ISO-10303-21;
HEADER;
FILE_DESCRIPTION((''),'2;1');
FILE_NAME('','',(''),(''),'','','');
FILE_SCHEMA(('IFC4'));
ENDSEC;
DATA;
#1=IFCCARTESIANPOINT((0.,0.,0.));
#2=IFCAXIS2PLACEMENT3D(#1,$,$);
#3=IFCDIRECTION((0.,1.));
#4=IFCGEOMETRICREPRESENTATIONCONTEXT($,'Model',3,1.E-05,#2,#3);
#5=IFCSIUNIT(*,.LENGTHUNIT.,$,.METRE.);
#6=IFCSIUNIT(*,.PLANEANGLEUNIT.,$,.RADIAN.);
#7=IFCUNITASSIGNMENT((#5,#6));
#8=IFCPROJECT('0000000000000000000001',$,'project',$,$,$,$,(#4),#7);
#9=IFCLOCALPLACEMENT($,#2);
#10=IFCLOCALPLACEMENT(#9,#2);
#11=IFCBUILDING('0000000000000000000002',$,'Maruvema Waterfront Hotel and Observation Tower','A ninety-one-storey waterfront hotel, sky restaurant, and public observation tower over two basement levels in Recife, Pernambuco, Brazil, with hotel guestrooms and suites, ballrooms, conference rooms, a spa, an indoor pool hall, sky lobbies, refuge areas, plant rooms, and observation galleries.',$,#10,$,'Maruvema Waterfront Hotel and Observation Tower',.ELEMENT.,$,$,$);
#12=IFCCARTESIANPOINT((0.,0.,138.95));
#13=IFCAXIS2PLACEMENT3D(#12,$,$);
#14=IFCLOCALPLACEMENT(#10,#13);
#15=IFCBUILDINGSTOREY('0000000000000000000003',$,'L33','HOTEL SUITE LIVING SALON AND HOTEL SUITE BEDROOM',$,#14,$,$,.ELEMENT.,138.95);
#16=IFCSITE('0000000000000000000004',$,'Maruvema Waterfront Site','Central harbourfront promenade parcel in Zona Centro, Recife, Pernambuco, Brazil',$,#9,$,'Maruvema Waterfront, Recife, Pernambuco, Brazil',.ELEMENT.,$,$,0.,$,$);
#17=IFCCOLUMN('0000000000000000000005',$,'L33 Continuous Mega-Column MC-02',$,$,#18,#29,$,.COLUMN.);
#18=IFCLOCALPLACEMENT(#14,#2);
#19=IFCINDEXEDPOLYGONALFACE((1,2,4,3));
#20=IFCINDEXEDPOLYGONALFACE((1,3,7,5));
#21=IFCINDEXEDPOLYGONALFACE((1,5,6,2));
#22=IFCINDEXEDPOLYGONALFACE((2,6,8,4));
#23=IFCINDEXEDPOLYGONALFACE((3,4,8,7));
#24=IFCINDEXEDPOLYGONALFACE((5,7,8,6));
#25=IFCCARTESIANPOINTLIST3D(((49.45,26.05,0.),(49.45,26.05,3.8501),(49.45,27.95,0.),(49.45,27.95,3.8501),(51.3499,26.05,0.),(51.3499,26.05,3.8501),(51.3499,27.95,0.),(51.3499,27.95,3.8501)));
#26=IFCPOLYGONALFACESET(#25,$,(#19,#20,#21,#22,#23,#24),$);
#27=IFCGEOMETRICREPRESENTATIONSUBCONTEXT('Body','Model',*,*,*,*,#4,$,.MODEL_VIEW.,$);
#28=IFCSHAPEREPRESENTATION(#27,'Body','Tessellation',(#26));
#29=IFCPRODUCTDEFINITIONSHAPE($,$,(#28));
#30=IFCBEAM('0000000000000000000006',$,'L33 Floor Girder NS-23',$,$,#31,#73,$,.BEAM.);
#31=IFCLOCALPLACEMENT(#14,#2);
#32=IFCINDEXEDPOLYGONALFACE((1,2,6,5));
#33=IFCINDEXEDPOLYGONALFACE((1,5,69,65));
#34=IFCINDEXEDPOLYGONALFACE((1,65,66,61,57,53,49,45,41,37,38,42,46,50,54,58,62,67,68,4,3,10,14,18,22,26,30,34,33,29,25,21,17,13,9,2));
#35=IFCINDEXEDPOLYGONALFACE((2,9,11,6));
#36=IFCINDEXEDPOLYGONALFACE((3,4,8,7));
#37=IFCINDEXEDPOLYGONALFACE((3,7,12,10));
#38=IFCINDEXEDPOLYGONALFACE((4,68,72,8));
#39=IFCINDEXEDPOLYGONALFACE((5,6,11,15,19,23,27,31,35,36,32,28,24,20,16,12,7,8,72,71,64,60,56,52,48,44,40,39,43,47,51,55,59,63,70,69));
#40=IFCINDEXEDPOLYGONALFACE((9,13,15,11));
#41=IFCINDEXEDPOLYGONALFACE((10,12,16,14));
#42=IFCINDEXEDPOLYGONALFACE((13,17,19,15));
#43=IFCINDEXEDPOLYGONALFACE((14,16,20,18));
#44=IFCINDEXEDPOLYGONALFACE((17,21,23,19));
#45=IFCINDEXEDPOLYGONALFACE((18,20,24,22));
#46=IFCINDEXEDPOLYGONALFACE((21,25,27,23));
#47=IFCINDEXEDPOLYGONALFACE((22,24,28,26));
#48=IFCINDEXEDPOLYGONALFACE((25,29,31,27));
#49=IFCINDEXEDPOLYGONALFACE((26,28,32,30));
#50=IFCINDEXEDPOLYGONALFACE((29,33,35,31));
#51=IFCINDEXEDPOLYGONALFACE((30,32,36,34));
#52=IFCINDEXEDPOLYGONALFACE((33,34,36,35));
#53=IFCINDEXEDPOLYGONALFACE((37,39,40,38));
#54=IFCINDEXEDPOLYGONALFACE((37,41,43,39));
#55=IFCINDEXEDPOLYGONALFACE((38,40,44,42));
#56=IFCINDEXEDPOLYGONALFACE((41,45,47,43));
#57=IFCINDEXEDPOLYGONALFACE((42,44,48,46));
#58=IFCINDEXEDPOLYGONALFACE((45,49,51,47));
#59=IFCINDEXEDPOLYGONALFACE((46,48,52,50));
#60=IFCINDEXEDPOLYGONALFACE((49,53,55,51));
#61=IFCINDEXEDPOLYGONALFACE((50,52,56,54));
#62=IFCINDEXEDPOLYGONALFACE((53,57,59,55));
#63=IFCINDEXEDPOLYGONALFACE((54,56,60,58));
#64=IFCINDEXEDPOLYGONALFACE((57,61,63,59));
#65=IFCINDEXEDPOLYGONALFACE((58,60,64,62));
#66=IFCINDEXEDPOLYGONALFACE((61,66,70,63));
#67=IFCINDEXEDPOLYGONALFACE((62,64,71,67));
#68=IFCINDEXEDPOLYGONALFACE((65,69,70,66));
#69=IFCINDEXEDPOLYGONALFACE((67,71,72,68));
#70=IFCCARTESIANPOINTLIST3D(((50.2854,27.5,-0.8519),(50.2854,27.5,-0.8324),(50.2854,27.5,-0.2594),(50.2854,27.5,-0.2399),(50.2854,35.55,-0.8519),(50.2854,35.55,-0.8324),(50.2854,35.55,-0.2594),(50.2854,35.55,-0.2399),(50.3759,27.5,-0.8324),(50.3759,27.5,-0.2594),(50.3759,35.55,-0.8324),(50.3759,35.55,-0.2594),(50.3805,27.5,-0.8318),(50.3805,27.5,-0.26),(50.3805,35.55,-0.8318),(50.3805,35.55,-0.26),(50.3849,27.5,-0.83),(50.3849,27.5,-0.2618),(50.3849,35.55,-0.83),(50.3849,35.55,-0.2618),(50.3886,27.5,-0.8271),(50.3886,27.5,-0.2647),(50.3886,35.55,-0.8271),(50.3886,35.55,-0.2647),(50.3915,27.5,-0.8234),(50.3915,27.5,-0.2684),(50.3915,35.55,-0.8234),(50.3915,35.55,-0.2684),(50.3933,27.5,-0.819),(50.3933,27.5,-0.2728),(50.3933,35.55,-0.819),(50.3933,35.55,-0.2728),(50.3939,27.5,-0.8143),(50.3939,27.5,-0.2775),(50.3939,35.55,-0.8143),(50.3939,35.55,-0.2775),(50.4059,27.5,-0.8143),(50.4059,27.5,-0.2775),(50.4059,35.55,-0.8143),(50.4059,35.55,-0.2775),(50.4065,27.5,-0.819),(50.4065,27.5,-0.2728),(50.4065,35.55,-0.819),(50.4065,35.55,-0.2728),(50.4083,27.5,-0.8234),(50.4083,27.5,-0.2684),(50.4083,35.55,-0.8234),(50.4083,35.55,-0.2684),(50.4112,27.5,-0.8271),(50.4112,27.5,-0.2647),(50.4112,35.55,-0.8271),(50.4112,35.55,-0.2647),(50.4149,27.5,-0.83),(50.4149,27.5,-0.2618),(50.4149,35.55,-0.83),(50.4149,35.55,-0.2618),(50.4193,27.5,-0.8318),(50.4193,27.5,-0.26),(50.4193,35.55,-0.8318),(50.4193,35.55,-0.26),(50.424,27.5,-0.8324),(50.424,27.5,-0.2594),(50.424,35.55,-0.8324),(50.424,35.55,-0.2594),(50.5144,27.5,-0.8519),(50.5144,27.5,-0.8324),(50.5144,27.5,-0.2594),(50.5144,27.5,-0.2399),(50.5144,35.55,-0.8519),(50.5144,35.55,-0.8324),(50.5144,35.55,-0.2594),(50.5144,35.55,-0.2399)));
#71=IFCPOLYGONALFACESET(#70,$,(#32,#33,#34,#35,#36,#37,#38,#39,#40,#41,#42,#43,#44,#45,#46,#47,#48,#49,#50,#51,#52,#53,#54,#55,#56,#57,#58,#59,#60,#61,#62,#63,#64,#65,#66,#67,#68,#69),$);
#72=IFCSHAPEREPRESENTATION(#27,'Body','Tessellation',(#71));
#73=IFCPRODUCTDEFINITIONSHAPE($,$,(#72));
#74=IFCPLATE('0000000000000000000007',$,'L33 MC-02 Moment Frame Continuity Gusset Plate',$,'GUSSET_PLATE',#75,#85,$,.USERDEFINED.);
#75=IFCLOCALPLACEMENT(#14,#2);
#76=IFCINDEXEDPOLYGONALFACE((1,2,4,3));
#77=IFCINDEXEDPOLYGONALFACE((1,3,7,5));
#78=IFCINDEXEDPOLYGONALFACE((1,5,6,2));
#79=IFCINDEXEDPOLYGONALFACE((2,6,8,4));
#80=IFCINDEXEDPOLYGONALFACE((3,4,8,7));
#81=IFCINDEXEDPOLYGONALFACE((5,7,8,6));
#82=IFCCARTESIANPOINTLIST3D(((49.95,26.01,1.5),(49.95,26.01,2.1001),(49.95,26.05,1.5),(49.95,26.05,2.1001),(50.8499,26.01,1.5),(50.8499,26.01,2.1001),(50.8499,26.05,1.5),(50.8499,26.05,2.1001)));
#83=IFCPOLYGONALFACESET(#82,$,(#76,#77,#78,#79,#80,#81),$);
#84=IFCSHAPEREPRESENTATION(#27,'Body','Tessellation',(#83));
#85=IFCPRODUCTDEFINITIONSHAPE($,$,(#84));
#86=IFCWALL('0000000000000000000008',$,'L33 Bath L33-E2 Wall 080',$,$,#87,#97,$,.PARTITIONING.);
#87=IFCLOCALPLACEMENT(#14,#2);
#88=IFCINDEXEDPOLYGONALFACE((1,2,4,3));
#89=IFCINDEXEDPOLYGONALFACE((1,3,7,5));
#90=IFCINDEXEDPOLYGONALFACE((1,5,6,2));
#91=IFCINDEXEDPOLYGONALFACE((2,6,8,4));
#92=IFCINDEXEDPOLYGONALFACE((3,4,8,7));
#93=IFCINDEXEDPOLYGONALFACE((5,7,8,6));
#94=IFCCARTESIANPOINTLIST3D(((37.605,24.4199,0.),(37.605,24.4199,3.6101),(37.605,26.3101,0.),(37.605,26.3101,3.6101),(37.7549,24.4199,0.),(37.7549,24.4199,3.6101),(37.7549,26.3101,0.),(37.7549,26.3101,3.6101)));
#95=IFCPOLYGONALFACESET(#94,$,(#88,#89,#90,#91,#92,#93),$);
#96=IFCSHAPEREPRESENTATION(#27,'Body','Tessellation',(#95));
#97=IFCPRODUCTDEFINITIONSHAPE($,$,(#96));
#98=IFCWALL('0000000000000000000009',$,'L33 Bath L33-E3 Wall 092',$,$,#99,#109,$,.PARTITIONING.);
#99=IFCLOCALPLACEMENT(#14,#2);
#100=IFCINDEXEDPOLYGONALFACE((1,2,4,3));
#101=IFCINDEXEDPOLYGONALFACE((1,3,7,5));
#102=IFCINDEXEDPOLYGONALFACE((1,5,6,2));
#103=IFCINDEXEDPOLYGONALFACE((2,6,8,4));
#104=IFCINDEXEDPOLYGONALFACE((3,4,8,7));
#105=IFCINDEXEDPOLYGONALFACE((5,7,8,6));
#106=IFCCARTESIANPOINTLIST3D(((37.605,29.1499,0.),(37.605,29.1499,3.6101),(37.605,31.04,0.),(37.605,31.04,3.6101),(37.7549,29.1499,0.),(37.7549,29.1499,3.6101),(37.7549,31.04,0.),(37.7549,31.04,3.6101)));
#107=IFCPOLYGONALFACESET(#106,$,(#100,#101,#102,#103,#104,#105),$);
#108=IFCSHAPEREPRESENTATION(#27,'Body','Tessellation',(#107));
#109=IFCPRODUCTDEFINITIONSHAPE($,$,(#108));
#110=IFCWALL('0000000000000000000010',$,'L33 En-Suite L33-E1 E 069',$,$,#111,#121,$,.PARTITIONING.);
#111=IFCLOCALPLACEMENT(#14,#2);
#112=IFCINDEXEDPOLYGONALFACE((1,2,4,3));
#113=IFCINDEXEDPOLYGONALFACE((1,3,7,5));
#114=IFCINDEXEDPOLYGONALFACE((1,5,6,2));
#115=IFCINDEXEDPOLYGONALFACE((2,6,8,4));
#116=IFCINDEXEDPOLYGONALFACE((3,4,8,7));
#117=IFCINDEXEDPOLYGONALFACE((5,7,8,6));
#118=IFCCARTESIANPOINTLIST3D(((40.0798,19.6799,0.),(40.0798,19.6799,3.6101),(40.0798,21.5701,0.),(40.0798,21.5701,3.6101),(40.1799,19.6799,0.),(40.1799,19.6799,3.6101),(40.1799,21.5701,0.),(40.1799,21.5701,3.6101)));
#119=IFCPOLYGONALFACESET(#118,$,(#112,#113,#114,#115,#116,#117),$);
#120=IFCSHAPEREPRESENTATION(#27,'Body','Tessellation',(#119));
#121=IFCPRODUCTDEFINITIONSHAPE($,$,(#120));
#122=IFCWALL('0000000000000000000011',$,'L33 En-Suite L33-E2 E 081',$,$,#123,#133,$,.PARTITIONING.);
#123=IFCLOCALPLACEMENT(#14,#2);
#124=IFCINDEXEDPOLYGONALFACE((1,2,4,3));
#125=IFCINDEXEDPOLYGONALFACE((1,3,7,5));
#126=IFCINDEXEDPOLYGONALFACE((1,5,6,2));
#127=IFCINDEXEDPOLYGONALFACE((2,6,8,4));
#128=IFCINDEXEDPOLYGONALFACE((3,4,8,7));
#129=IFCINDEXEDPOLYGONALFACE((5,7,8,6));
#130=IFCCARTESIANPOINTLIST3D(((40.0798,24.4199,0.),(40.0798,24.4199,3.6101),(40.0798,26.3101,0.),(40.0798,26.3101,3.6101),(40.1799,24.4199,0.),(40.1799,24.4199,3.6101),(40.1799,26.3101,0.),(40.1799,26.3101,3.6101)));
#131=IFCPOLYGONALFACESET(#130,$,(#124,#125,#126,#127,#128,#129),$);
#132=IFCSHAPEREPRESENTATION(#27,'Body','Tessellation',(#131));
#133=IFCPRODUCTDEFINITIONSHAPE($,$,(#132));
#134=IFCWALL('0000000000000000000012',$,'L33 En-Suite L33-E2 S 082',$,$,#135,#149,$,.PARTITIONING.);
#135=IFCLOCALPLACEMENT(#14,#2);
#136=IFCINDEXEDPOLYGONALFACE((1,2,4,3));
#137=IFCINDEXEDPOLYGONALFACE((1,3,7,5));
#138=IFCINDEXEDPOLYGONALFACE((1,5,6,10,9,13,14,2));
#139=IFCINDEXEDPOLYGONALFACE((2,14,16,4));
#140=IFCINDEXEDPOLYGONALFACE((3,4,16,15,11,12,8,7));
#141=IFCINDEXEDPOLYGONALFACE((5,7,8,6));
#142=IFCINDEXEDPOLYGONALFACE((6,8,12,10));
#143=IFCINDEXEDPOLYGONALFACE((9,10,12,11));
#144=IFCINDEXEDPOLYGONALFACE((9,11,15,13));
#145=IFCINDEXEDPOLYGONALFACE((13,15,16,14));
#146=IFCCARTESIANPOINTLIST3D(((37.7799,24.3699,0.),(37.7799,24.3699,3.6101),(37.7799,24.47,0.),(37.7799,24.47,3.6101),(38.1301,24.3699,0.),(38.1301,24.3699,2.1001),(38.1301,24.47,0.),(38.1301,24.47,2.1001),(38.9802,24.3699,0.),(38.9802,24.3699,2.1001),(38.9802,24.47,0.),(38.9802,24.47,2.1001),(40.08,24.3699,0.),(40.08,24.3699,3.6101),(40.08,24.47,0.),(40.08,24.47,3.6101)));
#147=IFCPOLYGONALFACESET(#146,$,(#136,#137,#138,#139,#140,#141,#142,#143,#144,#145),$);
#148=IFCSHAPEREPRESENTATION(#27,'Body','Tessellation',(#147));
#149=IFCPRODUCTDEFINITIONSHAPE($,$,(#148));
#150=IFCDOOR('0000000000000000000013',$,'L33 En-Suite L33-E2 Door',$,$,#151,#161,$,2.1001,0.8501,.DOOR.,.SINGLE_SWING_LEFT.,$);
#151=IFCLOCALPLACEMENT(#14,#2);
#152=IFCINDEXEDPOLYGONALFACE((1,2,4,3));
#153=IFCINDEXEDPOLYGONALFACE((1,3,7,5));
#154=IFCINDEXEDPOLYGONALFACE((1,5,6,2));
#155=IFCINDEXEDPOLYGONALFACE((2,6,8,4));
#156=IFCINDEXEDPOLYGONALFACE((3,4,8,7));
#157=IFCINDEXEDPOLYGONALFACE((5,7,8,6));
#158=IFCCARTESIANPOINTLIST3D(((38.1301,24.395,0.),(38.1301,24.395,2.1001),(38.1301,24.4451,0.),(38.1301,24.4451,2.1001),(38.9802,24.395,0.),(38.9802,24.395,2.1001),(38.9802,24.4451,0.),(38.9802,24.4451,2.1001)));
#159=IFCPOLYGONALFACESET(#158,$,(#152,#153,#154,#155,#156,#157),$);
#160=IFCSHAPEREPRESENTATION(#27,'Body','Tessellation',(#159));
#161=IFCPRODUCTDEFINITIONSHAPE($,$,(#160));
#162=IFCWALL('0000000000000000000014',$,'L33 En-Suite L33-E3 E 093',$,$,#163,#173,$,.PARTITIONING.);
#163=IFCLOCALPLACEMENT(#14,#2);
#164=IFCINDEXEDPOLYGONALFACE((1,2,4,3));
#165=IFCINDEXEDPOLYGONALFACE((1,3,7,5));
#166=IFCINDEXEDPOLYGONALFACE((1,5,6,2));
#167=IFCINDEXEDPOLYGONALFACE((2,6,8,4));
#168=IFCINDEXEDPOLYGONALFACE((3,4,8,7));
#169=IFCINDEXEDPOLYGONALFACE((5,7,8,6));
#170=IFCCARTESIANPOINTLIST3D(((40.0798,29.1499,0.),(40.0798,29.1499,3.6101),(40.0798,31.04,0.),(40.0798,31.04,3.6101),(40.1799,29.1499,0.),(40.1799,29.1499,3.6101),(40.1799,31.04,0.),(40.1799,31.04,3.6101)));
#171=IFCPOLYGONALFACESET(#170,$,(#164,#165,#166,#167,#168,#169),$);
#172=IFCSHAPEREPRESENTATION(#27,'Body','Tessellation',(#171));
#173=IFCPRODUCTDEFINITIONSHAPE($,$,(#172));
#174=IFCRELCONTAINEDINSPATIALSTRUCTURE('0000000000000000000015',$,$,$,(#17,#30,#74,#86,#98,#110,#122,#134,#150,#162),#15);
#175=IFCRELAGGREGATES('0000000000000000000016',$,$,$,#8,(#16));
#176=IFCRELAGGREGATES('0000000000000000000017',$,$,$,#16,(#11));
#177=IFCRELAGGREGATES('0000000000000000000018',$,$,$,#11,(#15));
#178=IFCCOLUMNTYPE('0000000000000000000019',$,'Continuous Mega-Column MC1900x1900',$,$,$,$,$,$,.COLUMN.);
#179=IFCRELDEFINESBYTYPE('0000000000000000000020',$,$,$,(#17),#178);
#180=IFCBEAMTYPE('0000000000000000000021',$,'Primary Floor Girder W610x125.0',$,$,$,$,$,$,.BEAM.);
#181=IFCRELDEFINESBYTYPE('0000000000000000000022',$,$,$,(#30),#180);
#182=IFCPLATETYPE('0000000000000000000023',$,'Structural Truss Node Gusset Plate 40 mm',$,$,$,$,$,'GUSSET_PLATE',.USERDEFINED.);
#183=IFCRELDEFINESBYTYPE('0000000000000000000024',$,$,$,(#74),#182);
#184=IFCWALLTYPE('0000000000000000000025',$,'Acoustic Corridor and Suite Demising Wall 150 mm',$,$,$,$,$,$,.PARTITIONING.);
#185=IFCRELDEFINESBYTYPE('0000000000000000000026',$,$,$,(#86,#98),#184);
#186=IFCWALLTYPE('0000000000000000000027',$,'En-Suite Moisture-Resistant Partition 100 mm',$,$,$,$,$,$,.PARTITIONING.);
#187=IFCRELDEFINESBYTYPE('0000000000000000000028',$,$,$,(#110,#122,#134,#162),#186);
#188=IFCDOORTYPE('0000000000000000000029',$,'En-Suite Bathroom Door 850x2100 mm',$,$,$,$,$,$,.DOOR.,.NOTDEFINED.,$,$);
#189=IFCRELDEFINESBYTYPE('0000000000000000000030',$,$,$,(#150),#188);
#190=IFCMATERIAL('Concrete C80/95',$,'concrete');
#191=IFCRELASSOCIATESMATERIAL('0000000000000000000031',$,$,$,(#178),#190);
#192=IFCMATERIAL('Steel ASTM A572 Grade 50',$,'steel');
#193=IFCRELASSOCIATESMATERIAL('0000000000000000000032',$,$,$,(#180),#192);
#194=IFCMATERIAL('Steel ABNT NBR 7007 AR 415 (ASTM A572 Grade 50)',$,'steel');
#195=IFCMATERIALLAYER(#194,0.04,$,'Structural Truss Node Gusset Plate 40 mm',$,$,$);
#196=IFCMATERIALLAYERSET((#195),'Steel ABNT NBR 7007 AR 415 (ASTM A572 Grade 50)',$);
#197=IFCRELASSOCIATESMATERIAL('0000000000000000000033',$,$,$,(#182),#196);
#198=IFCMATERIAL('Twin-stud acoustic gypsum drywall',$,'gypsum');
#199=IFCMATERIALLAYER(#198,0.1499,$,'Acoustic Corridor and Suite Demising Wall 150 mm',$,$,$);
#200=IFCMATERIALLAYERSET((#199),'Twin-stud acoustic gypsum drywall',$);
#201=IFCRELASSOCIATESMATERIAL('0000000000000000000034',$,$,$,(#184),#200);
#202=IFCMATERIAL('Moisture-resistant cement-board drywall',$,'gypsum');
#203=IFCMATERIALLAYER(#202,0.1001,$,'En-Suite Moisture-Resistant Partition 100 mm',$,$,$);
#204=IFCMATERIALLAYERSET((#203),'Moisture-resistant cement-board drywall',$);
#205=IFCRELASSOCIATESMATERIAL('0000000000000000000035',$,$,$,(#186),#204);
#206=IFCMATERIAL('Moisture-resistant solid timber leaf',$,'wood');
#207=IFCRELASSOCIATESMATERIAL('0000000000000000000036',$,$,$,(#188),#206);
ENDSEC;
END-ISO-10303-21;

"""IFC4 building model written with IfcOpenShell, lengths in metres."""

from ifc_helpers import new_model, si_unit, direction, frame, frame_2d, origin, origin_2d, place, context, subcontext, project, spatial, rectangle, i_section, extrude, material, layer, layer_set, material_profile, profile_set, type_object, element, fill, save


model = new_model("IFC4")

# Units and contexts
model_context = context("Model", 3, precision=1e-05, world=origin(), true_north=direction((0.0, 1.0)))
body_context = subcontext(model_context, "Body", "Model", "MODEL_VIEW")
ifc_project = project(units=[si_unit("LENGTHUNIT", "METRE"), si_unit("PLANEANGLEUNIT", "RADIAN")], contexts=[model_context])

# Site, building, storey
site_placement = place(None, origin())
site = spatial("IfcSite", under=ifc_project, at=site_placement, Name="Maruvema Waterfront Site", Description="Central harbourfront promenade parcel in Zona Centro, Recife, Pernambuco, Brazil", LongName="Maruvema Waterfront, Recife, Pernambuco, Brazil", CompositionType="ELEMENT", RefElevation=0.0)
building_placement = place(site_placement, origin())
building = spatial("IfcBuilding", under=site, at=building_placement, Name="Maruvema Waterfront Hotel and Observation Tower", Description="A ninety-one-storey waterfront hotel, sky restaurant, and public observation tower over two basement levels in Recife, Pernambuco, Brazil, with hotel guestrooms and suites, ballrooms, conference rooms, a spa, an indoor pool hall, sky lobbies, refuge areas, plant rooms, and observation galleries.", LongName="Maruvema Waterfront Hotel and Observation Tower", CompositionType="ELEMENT")
storey_placement = place(building_placement, frame((0.0, 0.0, 138.95)))
storey = spatial("IfcBuildingStorey", under=building, at=storey_placement, Name="L33", Description="HOTEL SUITE LIVING SALON AND HOTEL SUITE BEDROOM", CompositionType="ELEMENT", Elevation=138.95)

# Column
ifc_material_1 = material(Name="Concrete C80/95", Category="concrete")
ifc_material_profile_1 = material_profile(ifc_material_1, rectangle(XDim=1.8999, YDim=1.8999, at=origin_2d()), Name="MC1900x1900")
ifc_profile_set_1 = profile_set([ifc_material_profile_1], Name="Concrete C80/95")
column_type = type_object("IfcColumnType", Name="Continuous Mega-Column MC1900x1900", PredefinedType="COLUMN", material=ifc_profile_set_1)
column_placement = place(storey_placement, frame((50.3999, 27.0, 0.0), z_axis=(0.0, 0.0, 1.0), x_axis=(1.0, 0.0, 0.0)))
element("IfcColumn", 1, at=column_placement, inside=storey, type_object=column_type, Name="L33 Continuous Mega-Column MC-02", PredefinedType="COLUMN", context=body_context, shape_type="SweptSolid", body=[
    extrude(rectangle(XDim=1.8999, YDim=1.8999, at=origin_2d()), origin(), (0.0, 0.0, 1.0), 3.8501),
])

# Beam
ifc_material_2 = material(Name="Steel ASTM A572 Grade 50", Category="steel")
ifc_material_profile_2 = material_profile(ifc_material_2, i_section(OverallWidth=0.229, OverallDepth=0.6121, WebThickness=0.012, FlangeThickness=0.0195, FilletRadius=0.0181, at=origin_2d()), Name="W610x125.0")
ifc_profile_set_2 = profile_set([ifc_material_profile_2], Name="Steel ASTM A572 Grade 50")
beam_type = type_object("IfcBeamType", Name="Primary Floor Girder W610x125.0", PredefinedType="BEAM", material=ifc_profile_set_2)
beam_placement = place(storey_placement, frame((50.3999, 27.5, -0.5459), z_axis=(0.0, 1.0, 0.0), x_axis=(-1.0, 0.0, 0.0)))
element("IfcBeam", 2, at=beam_placement, inside=storey, type_object=beam_type, Name="L33 Floor Girder NS-23", PredefinedType="BEAM", context=body_context, shape_type="SweptSolid", body=[
    extrude(i_section(OverallWidth=0.229, OverallDepth=0.6121, WebThickness=0.012, FlangeThickness=0.0195, FilletRadius=0.0181, at=origin_2d()), origin(), (0.0, 0.0, 1.0), 8.05),
])

# Plate
ifc_material_3 = material(Name="Steel ABNT NBR 7007 AR 415 (ASTM A572 Grade 50)", Category="steel")
ifc_layer_1 = layer(ifc_material_3, 0.04, Name="Structural Truss Node Gusset Plate 40 mm")
ifc_layer_set_1 = layer_set([ifc_layer_1], Name="Steel ABNT NBR 7007 AR 415 (ASTM A572 Grade 50)")
plate_type = type_object("IfcPlateType", Name="Structural Truss Node Gusset Plate 40 mm", ElementType="GUSSET_PLATE", PredefinedType="USERDEFINED", material=ifc_layer_set_1)
plate_placement = place(storey_placement, frame((50.3999, 26.03, 1.5), z_axis=(0.0, 0.0, 1.0), x_axis=(1.0, 0.0, 0.0)))
element("IfcPlate", 3, at=plate_placement, inside=storey, type_object=plate_type, Name="L33 MC-02 Moment Frame Continuity Gusset Plate", ObjectType="GUSSET_PLATE", PredefinedType="USERDEFINED", context=body_context, shape_type="SweptSolid", body=[
    extrude(rectangle(XDim=0.8999, YDim=0.04, at=origin_2d()), origin(), (0.0, 0.0, 1.0), 0.6001),
])

# Shared definitions
ifc_material_4 = material(Name="Twin-stud acoustic gypsum drywall", Category="gypsum")
ifc_layer_2 = layer(ifc_material_4, 0.1499, Name="Acoustic Corridor and Suite Demising Wall 150 mm")
ifc_layer_set_2 = layer_set([ifc_layer_2], Name="Twin-stud acoustic gypsum drywall")
wall_type_1 = type_object("IfcWallType", Name="Acoustic Corridor and Suite Demising Wall 150 mm", PredefinedType="PARTITIONING", material=ifc_layer_set_2)

# Wall
wall_1_placement = place(storey_placement, frame((37.6799, 24.4199, 0.0), z_axis=(0.0, 0.0, 1.0), x_axis=(0.0, 1.0, 0.0)))
element("IfcWall", 4, at=wall_1_placement, inside=storey, type_object=wall_type_1, Name="L33 Bath L33-E2 Wall 080", PredefinedType="PARTITIONING", context=body_context, shape_type="SweptSolid", body=[
    extrude(rectangle(XDim=1.8901, YDim=0.1499, at=frame_2d((0.9451, 0.0))), origin(), (0.0, 0.0, 1.0), 3.6101),
])

# Walls
wall_2_placement = place(storey_placement, frame((37.6799, 29.1499, 0.0), z_axis=(0.0, 0.0, 1.0), x_axis=(0.0, 1.0, 0.0)))
element("IfcWall", 5, at=wall_2_placement, inside=storey, type_object=wall_type_1, Name="L33 Bath L33-E3 Wall 092", PredefinedType="PARTITIONING", context=body_context, shape_type="SweptSolid", body=[
    extrude(rectangle(XDim=1.8901, YDim=0.1499, at=frame_2d((0.9451, 0.0))), origin(), (0.0, 0.0, 1.0), 3.6101),
])
ifc_material_5 = material(Name="Moisture-resistant cement-board drywall", Category="gypsum")
ifc_layer_3 = layer(ifc_material_5, 0.1001, Name="En-Suite Moisture-Resistant Partition 100 mm")
ifc_layer_set_3 = layer_set([ifc_layer_3], Name="Moisture-resistant cement-board drywall")
wall_type_2 = type_object("IfcWallType", Name="En-Suite Moisture-Resistant Partition 100 mm", PredefinedType="PARTITIONING", material=ifc_layer_set_3)
for number, where, z_axis, x_axis, name in (
    (6, (40.1299, 19.6799, 0.0), (0.0, 0.0, 1.0), (0.0, 1.0, 0.0), "L33 En-Suite L33-E1 E 069"),
    (7, (40.1299, 24.4199, 0.0), (0.0, 0.0, 1.0), (0.0, 1.0, 0.0), "L33 En-Suite L33-E2 E 081"),
):
    element("IfcWall", number, at=place(storey_placement, frame(where, z_axis=z_axis, x_axis=x_axis)), inside=storey, type_object=wall_type_2, Name=name, PredefinedType="PARTITIONING", context=body_context, shape_type="SweptSolid", body=[
        extrude(rectangle(XDim=1.8901, YDim=0.1001, at=frame_2d((0.9451, 0.0))), origin(), (0.0, 0.0, 1.0), 3.6101),
    ])

# Wall, opening, door
wall_3_placement = place(storey_placement, frame((37.78, 24.4199, 0.0), z_axis=(0.0, 0.0, 1.0), x_axis=(1.0, 0.0, 0.0)))
wall_3 = element("IfcWall", 8, at=wall_3_placement, inside=storey, type_object=wall_type_2, Name="L33 En-Suite L33-E2 S 082", PredefinedType="PARTITIONING", context=body_context, shape_type="SweptSolid", body=[
    extrude(rectangle(XDim=2.3, YDim=0.1001, at=frame_2d((1.1499, 0.0))), origin(), (0.0, 0.0, 1.0), 3.6101),
])
opening_1_placement = place(wall_3_placement, frame((0.3501, 0.0, 0.0)))
opening_1 = element("IfcOpeningElement", 9, at=opening_1_placement, cuts=wall_3, PredefinedType="OPENING", context=body_context, shape_type="SweptSolid", body=[
    extrude(rectangle(XDim=0.8501, YDim=2.1001, at=frame_2d((0.425, 1.05))), frame((0.0, 0.0601, 0.0), z_axis=(0.0, -1.0, 0.0), x_axis=(1.0, 0.0, 0.0)), (0.0, 0.0, 1.0), 0.1201),
])
ifc_material_6 = material(Name="Moisture-resistant solid timber leaf", Category="wood")
door_type_1 = type_object("IfcDoorType", Name="En-Suite Bathroom Door 850x2100 mm", OperationType="NOTDEFINED", PredefinedType="DOOR", material=ifc_material_6)
door_1_placement = place(opening_1_placement, frame((0.8501, 0.0, 0.0), z_axis=(0.0, 0.0, 1.0), x_axis=(-1.0, 0.0, 0.0)))
door_1 = element("IfcDoor", 10, at=door_1_placement, inside=storey, type_object=door_type_1, Name="L33 En-Suite L33-E2 Door", OperationType="SINGLE_SWING_LEFT", OverallHeight=2.1001, OverallWidth=0.8501, PredefinedType="DOOR", context=body_context, shape_type="SweptSolid", body=[
    extrude(rectangle(XDim=0.8501, YDim=2.1001, at=frame_2d((0.425, 1.05))), frame((0.0, 0.0249, 0.0), z_axis=(0.0, -1.0, 0.0), x_axis=(1.0, 0.0, 0.0)), (0.0, 0.0, 1.0), 0.05),
])
fill(opening_1, door_1)

# Wall
wall_4_placement = place(storey_placement, frame((40.1299, 29.1499, 0.0), z_axis=(0.0, 0.0, 1.0), x_axis=(0.0, 1.0, 0.0)))
element("IfcWall", 11, at=wall_4_placement, inside=storey, type_object=wall_type_2, Name="L33 En-Suite L33-E3 E 093", PredefinedType="PARTITIONING", context=body_context, shape_type="SweptSolid", body=[
    extrude(rectangle(XDim=1.8901, YDim=0.1001, at=frame_2d((0.9451, 0.0))), origin(), (0.0, 0.0, 1.0), 3.6101),
])

save(model, "model.ifc")
